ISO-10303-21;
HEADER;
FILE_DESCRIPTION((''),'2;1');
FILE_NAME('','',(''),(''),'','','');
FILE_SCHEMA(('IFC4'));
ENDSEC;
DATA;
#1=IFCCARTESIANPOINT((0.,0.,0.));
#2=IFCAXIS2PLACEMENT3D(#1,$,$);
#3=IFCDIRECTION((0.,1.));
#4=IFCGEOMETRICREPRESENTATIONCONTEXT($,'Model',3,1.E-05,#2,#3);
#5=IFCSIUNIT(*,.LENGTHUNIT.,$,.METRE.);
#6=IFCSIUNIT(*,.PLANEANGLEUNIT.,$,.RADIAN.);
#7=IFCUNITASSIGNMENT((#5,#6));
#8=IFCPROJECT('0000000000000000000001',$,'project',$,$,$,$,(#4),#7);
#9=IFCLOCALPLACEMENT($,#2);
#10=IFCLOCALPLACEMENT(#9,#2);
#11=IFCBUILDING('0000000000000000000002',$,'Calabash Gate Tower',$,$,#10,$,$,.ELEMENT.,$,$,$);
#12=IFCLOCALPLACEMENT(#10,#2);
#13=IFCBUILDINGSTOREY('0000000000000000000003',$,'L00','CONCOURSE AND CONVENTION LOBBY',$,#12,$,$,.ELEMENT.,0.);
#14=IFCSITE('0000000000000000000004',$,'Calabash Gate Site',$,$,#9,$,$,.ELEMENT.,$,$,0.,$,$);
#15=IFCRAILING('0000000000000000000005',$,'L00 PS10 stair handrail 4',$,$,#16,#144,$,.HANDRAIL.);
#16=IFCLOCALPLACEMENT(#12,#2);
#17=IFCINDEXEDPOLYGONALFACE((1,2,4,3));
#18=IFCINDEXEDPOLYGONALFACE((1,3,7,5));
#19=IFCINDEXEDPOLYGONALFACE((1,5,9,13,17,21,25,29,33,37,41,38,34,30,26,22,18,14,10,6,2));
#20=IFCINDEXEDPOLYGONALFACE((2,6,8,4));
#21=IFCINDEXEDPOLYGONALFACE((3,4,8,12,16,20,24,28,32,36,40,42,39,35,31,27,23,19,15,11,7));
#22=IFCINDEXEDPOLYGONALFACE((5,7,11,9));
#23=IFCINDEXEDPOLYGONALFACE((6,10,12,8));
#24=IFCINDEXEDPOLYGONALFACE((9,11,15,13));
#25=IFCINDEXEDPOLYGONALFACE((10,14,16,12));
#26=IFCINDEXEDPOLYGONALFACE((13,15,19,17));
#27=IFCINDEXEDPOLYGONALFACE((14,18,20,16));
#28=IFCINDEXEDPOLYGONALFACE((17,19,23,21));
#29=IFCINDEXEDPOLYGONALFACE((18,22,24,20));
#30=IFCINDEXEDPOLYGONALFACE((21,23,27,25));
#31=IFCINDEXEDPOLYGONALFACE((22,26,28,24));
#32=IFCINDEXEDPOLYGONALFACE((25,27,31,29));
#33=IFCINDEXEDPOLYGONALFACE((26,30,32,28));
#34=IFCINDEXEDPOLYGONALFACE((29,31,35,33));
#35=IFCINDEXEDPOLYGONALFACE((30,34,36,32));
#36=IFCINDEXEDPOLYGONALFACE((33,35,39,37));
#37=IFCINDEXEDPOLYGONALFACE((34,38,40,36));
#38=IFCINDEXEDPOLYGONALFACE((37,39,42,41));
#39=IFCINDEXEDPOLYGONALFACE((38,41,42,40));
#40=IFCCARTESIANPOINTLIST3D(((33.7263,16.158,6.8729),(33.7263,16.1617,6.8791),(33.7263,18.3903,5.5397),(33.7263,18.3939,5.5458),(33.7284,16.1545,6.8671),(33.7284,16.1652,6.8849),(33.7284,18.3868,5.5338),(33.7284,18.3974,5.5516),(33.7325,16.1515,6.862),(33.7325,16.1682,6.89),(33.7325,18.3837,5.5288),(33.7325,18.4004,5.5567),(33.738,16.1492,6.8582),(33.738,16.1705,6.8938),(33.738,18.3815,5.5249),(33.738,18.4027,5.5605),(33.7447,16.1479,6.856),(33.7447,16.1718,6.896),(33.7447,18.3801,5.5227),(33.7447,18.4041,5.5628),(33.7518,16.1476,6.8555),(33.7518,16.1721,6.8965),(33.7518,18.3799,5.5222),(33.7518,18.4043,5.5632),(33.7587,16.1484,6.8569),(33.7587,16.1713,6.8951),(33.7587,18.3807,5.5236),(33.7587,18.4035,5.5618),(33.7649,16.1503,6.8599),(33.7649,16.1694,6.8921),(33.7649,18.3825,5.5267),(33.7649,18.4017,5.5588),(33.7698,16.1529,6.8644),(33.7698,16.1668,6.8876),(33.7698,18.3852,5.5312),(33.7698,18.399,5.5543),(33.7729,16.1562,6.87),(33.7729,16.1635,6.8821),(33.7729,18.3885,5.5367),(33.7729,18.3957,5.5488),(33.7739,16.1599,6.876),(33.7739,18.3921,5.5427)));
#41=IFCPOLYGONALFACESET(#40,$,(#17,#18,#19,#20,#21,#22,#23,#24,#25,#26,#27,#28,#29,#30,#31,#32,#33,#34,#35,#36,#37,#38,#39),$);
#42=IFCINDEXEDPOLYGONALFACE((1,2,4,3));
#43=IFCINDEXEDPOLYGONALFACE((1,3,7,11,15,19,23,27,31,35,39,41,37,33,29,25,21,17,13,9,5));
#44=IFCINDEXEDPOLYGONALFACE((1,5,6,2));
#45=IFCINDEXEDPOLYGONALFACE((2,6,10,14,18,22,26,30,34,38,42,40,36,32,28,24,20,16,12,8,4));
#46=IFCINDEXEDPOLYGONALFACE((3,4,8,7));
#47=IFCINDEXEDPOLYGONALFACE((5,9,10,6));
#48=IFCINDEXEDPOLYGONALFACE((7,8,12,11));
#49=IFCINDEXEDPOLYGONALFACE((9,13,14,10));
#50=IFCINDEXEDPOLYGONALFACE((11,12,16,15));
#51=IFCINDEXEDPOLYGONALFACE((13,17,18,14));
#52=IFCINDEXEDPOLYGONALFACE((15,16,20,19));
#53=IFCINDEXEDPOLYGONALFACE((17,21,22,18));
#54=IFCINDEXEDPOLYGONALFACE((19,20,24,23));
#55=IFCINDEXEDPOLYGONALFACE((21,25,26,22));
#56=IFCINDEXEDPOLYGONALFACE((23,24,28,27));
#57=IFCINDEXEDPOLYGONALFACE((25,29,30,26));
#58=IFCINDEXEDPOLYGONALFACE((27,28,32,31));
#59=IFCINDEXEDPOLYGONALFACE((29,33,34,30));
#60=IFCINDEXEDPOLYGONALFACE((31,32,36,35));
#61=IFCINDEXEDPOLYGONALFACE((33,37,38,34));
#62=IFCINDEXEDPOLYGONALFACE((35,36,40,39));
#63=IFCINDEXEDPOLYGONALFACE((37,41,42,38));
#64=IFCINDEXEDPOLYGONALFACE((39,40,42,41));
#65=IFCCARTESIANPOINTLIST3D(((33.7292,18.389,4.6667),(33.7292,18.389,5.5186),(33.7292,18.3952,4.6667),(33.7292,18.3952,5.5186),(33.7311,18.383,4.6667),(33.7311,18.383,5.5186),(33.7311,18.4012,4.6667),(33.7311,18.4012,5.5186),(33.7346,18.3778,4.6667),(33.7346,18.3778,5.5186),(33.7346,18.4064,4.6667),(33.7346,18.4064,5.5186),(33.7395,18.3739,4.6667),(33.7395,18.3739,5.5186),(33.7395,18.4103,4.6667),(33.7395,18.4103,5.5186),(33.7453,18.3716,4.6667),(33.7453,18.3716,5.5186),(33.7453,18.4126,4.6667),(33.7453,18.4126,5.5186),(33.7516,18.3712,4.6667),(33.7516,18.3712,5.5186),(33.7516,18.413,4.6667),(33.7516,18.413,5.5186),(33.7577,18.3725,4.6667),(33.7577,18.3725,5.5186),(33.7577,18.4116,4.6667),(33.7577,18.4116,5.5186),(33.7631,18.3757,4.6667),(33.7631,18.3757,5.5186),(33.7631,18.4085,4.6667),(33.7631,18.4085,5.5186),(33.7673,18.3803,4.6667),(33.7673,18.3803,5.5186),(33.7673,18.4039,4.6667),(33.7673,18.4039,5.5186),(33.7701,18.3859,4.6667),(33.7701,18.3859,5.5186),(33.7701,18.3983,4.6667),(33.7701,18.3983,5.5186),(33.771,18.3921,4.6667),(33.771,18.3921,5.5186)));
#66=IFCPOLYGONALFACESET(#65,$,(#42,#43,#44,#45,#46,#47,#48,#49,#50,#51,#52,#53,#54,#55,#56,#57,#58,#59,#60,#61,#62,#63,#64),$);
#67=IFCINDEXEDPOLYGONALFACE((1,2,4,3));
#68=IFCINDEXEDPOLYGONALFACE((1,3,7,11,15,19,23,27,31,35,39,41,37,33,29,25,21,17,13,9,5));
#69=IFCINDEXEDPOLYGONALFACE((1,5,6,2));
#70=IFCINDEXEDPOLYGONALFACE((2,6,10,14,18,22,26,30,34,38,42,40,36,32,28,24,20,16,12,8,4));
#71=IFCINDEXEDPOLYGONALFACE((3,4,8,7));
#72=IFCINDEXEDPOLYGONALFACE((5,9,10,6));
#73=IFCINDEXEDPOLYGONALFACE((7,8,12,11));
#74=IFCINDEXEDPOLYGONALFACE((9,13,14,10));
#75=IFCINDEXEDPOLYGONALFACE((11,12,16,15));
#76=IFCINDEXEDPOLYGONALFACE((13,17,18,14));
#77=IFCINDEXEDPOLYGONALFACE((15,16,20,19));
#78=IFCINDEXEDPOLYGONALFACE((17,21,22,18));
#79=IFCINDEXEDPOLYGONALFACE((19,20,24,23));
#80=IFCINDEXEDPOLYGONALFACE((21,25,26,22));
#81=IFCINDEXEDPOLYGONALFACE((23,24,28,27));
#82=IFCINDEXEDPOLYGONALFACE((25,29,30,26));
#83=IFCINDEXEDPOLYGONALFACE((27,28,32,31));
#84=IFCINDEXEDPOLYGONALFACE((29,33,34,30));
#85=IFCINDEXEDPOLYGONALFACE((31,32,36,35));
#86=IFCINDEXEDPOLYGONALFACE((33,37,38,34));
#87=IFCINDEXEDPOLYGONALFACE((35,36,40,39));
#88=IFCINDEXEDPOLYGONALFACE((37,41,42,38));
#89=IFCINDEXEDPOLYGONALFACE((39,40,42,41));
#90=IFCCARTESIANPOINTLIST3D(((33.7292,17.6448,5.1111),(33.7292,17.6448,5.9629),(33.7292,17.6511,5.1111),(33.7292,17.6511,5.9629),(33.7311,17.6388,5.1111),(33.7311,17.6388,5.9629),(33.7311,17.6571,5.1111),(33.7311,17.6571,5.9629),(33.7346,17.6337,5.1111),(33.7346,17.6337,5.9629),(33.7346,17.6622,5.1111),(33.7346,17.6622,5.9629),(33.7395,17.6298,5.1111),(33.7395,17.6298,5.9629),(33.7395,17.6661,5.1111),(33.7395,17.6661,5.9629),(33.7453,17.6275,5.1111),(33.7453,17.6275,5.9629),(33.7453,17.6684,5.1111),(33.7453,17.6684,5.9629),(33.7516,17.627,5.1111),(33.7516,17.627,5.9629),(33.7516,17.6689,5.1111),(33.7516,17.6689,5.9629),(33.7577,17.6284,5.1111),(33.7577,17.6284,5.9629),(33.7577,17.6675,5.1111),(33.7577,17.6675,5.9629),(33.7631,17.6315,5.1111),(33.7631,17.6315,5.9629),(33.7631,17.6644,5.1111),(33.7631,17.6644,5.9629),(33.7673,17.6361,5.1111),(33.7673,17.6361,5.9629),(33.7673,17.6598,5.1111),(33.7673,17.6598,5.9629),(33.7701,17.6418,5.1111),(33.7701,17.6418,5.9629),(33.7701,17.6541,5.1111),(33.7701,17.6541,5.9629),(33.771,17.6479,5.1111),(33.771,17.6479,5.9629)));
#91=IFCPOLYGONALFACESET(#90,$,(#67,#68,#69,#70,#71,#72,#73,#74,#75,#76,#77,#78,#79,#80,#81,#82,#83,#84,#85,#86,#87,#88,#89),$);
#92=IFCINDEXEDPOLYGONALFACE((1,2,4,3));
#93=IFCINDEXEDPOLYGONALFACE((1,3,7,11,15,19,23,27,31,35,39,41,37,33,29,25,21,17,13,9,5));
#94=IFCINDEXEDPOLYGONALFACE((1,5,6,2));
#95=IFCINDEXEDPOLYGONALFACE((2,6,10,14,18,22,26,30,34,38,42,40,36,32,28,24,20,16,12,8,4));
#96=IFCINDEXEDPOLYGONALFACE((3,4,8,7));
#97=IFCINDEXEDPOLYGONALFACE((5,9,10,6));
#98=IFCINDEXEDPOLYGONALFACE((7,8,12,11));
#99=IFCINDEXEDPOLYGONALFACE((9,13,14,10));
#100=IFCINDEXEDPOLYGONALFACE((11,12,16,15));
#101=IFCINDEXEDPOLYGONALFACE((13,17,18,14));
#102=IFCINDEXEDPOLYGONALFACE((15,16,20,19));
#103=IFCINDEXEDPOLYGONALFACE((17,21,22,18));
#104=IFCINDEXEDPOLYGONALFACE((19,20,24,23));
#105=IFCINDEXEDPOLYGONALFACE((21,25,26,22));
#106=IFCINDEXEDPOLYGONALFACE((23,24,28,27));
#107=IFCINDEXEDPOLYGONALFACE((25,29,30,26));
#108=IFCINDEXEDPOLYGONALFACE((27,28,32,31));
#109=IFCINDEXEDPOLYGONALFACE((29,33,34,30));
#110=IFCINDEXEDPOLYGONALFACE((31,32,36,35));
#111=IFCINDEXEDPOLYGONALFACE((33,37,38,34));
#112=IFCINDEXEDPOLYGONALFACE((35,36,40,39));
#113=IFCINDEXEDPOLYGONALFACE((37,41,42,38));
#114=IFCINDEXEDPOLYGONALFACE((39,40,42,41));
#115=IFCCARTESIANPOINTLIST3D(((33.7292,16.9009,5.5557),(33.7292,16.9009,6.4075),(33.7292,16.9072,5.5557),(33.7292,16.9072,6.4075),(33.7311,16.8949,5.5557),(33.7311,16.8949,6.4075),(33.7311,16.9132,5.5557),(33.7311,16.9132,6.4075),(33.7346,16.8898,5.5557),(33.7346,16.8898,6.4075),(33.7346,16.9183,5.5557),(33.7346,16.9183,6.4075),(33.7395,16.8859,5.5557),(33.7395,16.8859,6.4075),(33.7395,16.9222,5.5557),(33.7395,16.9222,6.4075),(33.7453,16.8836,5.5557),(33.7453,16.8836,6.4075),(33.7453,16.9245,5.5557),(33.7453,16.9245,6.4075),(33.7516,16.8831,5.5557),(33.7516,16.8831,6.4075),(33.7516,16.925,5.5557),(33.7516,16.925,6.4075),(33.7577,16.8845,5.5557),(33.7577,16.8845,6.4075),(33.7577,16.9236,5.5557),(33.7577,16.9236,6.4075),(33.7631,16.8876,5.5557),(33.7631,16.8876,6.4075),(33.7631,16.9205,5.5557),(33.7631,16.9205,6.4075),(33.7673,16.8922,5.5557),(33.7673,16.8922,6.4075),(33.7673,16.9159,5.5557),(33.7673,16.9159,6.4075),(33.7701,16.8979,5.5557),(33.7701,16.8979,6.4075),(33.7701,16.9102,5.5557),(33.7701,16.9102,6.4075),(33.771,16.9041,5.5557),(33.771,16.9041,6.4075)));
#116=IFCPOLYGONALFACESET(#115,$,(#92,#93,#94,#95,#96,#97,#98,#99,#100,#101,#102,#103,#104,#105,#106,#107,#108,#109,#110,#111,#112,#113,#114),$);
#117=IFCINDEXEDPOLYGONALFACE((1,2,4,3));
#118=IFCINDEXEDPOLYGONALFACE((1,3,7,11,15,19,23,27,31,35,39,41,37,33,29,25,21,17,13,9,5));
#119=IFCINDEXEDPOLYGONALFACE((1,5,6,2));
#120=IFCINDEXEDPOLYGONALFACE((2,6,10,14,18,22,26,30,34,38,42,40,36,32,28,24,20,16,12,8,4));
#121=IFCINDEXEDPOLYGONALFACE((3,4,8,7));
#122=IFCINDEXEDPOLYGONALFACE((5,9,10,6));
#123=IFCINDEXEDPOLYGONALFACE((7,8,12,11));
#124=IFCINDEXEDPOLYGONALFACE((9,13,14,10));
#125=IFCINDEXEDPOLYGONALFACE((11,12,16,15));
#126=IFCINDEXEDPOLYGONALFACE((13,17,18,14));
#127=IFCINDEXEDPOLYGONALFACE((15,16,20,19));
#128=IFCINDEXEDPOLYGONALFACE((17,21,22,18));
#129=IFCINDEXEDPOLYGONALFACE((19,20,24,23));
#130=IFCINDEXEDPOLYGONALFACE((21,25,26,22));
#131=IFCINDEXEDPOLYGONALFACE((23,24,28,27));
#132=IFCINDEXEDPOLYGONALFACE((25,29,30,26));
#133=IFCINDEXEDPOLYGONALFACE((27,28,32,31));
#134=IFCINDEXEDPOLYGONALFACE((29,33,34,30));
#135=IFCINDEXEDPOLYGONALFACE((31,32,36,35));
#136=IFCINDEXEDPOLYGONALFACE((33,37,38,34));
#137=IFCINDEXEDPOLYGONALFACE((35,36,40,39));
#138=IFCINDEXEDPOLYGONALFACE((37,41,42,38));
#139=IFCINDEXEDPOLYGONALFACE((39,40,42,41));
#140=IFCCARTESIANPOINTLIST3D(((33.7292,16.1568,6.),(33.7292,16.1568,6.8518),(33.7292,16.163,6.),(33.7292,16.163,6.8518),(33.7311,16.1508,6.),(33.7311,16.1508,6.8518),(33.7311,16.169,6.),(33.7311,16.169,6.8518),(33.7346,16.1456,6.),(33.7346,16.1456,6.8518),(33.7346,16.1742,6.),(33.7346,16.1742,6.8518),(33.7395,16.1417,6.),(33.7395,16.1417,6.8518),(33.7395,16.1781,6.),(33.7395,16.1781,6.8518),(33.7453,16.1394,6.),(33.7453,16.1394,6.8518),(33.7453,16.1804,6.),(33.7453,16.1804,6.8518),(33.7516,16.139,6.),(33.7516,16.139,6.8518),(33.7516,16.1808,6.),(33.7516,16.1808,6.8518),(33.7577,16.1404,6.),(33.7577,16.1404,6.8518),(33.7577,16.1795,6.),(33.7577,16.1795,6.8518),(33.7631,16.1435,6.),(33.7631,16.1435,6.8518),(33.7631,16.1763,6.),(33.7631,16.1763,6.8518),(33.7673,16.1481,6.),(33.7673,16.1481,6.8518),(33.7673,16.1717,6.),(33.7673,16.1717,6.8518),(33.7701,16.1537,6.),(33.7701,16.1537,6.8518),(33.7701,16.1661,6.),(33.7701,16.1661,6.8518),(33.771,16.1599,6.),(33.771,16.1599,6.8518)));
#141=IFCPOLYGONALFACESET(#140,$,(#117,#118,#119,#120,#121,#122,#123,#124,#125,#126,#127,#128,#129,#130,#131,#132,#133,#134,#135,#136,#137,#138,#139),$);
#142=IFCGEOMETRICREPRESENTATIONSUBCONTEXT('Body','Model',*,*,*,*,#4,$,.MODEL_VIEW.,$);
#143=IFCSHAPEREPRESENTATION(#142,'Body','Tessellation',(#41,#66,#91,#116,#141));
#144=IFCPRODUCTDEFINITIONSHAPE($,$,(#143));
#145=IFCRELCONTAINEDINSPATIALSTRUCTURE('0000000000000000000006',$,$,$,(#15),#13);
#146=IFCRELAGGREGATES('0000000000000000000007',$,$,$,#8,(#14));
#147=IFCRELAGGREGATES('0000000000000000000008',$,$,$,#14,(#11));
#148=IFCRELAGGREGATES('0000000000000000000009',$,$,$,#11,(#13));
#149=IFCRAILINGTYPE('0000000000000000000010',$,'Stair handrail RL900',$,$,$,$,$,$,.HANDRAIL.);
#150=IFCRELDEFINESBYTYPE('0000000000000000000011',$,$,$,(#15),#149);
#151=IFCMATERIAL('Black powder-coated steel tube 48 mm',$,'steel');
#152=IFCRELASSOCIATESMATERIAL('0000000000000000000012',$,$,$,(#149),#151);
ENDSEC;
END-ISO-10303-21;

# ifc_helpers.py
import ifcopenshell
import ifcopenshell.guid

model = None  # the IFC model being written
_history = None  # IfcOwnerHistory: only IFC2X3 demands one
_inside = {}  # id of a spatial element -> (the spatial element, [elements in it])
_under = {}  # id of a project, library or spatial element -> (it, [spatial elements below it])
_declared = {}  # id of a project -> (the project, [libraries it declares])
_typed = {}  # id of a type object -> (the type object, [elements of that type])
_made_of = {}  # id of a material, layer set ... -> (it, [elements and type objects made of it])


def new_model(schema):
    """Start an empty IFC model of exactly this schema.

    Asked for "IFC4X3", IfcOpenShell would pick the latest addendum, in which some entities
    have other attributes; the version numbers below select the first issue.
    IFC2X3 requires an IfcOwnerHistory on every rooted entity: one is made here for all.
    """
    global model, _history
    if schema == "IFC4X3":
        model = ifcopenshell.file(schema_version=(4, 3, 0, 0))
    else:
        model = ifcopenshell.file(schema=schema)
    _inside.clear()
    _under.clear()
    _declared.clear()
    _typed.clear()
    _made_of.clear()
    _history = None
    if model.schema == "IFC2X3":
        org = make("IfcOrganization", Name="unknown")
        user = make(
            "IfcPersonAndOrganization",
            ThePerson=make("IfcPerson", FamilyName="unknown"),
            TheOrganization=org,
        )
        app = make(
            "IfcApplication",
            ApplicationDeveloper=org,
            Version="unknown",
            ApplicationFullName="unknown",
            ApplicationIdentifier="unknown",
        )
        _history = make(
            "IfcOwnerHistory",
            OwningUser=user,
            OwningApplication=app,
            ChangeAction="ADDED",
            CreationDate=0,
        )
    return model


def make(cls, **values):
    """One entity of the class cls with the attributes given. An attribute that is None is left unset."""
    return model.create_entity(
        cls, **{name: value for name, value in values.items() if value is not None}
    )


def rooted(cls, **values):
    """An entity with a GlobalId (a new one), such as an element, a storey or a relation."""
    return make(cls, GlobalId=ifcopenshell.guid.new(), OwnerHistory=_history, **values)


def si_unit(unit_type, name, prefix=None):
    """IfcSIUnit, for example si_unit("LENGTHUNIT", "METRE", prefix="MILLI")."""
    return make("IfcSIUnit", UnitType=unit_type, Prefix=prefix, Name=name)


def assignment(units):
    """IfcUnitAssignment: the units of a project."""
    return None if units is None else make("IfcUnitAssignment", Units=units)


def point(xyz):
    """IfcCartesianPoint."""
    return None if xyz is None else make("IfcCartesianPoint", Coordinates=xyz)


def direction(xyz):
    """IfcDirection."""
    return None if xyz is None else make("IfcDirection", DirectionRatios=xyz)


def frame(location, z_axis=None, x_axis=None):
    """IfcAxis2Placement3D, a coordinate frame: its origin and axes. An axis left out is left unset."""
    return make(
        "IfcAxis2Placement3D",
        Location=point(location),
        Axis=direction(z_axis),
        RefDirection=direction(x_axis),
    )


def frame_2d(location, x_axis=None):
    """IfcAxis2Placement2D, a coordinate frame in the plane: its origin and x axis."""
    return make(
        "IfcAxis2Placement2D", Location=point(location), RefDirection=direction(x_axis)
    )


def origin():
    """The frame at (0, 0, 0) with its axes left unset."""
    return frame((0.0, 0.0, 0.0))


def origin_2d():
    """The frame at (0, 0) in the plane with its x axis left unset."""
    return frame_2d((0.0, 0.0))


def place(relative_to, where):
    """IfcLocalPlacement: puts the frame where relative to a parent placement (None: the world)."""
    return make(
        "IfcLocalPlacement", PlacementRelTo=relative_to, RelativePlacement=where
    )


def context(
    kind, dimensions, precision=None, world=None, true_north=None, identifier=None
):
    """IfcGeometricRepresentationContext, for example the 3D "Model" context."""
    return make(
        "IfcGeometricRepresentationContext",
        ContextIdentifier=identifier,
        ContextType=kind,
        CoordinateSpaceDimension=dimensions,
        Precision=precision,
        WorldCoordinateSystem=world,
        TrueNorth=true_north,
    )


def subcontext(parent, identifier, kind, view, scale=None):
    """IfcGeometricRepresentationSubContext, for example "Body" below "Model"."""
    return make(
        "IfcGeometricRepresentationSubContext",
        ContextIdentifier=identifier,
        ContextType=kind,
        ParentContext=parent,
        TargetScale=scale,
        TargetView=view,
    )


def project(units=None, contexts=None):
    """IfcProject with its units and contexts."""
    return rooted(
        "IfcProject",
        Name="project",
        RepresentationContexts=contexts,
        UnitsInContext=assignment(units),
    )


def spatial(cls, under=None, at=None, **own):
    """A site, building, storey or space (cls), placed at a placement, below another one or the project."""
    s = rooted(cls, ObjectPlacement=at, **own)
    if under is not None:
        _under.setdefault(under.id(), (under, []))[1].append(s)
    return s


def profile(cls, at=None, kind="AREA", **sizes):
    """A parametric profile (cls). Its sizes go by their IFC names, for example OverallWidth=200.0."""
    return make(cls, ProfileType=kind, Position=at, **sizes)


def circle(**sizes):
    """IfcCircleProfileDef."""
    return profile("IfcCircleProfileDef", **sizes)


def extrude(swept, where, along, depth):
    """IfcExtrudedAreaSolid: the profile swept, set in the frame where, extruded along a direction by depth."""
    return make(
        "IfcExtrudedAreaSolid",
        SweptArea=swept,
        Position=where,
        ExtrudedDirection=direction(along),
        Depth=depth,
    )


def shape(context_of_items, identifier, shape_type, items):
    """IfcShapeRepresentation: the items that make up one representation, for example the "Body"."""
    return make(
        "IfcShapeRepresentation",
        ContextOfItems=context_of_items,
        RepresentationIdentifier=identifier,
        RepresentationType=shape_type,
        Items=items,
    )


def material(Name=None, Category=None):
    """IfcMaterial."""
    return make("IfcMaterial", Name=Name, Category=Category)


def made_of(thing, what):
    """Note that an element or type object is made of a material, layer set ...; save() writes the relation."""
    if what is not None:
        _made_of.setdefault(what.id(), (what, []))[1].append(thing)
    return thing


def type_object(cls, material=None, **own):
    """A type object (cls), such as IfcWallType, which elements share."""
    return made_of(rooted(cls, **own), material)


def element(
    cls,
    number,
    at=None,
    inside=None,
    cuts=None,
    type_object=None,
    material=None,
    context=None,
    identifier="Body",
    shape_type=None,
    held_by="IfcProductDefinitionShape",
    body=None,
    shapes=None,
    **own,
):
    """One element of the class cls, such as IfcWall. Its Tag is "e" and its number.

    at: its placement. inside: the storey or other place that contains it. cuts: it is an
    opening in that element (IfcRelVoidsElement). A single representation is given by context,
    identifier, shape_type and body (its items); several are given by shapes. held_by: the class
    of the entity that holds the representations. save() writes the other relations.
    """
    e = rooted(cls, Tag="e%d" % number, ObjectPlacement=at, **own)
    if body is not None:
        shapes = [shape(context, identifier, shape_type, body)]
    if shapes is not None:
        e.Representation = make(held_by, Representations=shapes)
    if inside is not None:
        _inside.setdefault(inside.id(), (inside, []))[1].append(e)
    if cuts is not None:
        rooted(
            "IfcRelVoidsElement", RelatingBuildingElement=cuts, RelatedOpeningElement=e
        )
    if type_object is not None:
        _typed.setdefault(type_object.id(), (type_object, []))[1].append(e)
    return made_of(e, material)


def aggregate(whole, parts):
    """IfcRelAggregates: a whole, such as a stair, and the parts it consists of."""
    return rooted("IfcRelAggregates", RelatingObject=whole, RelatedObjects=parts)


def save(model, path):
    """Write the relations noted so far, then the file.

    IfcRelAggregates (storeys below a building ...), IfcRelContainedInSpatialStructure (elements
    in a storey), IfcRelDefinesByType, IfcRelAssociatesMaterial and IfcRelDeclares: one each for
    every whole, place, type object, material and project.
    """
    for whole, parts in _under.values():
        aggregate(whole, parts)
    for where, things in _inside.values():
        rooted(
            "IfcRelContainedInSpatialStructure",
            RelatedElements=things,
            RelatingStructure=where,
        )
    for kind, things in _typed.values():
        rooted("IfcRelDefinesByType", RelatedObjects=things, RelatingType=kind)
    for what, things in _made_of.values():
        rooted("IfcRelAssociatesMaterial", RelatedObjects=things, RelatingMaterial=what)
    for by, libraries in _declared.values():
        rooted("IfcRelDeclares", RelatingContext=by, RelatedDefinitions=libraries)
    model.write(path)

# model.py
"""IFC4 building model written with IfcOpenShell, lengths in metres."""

from ifc_helpers import new_model, si_unit, direction, frame, origin, origin_2d, place, context, subcontext, project, spatial, circle, extrude, material, type_object, element, save


model = new_model("IFC4")

# Units and contexts
model_context = context("Model", 3, precision=1e-05, world=origin(), true_north=direction((0.0, 1.0)))
body_context = subcontext(model_context, "Body", "Model", "MODEL_VIEW")
ifc_project = project(units=[si_unit("LENGTHUNIT", "METRE"), si_unit("PLANEANGLEUNIT", "RADIAN")], contexts=[model_context])

# Site, building, storey
site_placement = place(None, origin())
site = spatial("IfcSite", under=ifc_project, at=site_placement, Name="Calabash Gate Site", CompositionType="ELEMENT", RefElevation=0.0)
building_placement = place(site_placement, origin())
building = spatial("IfcBuilding", under=site, at=building_placement, Name="Calabash Gate Tower", CompositionType="ELEMENT")
storey_placement = place(building_placement, origin())
storey = spatial("IfcBuildingStorey", under=building, at=storey_placement, Name="L00", Description="CONCOURSE AND CONVENTION LOBBY", CompositionType="ELEMENT", Elevation=0.0)

# Railing
ifc_material_1 = material(Name="Black powder-coated steel tube 48 mm", Category="steel")
railing_type_1 = type_object("IfcRailingType", Name="Stair handrail RL900", PredefinedType="HANDRAIL", material=ifc_material_1)
for number, where, name in (
    (1, (33.75, 18.3921, 4.6667), "L00 PS10 stair handrail 4"),
):
    element("IfcRailing", number, at=place(storey_placement, frame(where)), inside=storey, type_object=railing_type_1, Name=name, PredefinedType="HANDRAIL", context=body_context, shape_type="SweptSolid", body=[
        extrude(circle(Radius=0.0239, at=origin_2d()), frame((0.0, 0.0, 0.876), z_axis=(0.0, -0.858519, 0.512782), x_axis=(1.0, 0.0, 0.0)), (0.0, 0.0, 1.0), 2.6001),
        extrude(circle(Radius=0.021, at=origin_2d()), origin(), (0.0, 0.0, 1.0), 0.8518),
        extrude(circle(Radius=0.021, at=origin_2d()), frame((0.0, -0.7441, 0.4443)), (0.0, 0.0, 1.0), 0.8518),
        extrude(circle(Radius=0.021, at=origin_2d()), frame((0.0, -1.488, 0.8889)), (0.0, 0.0, 1.0), 0.8518),
        extrude(circle(Radius=0.021, at=origin_2d()), frame((0.0, -2.2322, 1.3333)), (0.0, 0.0, 1.0), 0.8518),
    ])

save(model, "model.ifc")
